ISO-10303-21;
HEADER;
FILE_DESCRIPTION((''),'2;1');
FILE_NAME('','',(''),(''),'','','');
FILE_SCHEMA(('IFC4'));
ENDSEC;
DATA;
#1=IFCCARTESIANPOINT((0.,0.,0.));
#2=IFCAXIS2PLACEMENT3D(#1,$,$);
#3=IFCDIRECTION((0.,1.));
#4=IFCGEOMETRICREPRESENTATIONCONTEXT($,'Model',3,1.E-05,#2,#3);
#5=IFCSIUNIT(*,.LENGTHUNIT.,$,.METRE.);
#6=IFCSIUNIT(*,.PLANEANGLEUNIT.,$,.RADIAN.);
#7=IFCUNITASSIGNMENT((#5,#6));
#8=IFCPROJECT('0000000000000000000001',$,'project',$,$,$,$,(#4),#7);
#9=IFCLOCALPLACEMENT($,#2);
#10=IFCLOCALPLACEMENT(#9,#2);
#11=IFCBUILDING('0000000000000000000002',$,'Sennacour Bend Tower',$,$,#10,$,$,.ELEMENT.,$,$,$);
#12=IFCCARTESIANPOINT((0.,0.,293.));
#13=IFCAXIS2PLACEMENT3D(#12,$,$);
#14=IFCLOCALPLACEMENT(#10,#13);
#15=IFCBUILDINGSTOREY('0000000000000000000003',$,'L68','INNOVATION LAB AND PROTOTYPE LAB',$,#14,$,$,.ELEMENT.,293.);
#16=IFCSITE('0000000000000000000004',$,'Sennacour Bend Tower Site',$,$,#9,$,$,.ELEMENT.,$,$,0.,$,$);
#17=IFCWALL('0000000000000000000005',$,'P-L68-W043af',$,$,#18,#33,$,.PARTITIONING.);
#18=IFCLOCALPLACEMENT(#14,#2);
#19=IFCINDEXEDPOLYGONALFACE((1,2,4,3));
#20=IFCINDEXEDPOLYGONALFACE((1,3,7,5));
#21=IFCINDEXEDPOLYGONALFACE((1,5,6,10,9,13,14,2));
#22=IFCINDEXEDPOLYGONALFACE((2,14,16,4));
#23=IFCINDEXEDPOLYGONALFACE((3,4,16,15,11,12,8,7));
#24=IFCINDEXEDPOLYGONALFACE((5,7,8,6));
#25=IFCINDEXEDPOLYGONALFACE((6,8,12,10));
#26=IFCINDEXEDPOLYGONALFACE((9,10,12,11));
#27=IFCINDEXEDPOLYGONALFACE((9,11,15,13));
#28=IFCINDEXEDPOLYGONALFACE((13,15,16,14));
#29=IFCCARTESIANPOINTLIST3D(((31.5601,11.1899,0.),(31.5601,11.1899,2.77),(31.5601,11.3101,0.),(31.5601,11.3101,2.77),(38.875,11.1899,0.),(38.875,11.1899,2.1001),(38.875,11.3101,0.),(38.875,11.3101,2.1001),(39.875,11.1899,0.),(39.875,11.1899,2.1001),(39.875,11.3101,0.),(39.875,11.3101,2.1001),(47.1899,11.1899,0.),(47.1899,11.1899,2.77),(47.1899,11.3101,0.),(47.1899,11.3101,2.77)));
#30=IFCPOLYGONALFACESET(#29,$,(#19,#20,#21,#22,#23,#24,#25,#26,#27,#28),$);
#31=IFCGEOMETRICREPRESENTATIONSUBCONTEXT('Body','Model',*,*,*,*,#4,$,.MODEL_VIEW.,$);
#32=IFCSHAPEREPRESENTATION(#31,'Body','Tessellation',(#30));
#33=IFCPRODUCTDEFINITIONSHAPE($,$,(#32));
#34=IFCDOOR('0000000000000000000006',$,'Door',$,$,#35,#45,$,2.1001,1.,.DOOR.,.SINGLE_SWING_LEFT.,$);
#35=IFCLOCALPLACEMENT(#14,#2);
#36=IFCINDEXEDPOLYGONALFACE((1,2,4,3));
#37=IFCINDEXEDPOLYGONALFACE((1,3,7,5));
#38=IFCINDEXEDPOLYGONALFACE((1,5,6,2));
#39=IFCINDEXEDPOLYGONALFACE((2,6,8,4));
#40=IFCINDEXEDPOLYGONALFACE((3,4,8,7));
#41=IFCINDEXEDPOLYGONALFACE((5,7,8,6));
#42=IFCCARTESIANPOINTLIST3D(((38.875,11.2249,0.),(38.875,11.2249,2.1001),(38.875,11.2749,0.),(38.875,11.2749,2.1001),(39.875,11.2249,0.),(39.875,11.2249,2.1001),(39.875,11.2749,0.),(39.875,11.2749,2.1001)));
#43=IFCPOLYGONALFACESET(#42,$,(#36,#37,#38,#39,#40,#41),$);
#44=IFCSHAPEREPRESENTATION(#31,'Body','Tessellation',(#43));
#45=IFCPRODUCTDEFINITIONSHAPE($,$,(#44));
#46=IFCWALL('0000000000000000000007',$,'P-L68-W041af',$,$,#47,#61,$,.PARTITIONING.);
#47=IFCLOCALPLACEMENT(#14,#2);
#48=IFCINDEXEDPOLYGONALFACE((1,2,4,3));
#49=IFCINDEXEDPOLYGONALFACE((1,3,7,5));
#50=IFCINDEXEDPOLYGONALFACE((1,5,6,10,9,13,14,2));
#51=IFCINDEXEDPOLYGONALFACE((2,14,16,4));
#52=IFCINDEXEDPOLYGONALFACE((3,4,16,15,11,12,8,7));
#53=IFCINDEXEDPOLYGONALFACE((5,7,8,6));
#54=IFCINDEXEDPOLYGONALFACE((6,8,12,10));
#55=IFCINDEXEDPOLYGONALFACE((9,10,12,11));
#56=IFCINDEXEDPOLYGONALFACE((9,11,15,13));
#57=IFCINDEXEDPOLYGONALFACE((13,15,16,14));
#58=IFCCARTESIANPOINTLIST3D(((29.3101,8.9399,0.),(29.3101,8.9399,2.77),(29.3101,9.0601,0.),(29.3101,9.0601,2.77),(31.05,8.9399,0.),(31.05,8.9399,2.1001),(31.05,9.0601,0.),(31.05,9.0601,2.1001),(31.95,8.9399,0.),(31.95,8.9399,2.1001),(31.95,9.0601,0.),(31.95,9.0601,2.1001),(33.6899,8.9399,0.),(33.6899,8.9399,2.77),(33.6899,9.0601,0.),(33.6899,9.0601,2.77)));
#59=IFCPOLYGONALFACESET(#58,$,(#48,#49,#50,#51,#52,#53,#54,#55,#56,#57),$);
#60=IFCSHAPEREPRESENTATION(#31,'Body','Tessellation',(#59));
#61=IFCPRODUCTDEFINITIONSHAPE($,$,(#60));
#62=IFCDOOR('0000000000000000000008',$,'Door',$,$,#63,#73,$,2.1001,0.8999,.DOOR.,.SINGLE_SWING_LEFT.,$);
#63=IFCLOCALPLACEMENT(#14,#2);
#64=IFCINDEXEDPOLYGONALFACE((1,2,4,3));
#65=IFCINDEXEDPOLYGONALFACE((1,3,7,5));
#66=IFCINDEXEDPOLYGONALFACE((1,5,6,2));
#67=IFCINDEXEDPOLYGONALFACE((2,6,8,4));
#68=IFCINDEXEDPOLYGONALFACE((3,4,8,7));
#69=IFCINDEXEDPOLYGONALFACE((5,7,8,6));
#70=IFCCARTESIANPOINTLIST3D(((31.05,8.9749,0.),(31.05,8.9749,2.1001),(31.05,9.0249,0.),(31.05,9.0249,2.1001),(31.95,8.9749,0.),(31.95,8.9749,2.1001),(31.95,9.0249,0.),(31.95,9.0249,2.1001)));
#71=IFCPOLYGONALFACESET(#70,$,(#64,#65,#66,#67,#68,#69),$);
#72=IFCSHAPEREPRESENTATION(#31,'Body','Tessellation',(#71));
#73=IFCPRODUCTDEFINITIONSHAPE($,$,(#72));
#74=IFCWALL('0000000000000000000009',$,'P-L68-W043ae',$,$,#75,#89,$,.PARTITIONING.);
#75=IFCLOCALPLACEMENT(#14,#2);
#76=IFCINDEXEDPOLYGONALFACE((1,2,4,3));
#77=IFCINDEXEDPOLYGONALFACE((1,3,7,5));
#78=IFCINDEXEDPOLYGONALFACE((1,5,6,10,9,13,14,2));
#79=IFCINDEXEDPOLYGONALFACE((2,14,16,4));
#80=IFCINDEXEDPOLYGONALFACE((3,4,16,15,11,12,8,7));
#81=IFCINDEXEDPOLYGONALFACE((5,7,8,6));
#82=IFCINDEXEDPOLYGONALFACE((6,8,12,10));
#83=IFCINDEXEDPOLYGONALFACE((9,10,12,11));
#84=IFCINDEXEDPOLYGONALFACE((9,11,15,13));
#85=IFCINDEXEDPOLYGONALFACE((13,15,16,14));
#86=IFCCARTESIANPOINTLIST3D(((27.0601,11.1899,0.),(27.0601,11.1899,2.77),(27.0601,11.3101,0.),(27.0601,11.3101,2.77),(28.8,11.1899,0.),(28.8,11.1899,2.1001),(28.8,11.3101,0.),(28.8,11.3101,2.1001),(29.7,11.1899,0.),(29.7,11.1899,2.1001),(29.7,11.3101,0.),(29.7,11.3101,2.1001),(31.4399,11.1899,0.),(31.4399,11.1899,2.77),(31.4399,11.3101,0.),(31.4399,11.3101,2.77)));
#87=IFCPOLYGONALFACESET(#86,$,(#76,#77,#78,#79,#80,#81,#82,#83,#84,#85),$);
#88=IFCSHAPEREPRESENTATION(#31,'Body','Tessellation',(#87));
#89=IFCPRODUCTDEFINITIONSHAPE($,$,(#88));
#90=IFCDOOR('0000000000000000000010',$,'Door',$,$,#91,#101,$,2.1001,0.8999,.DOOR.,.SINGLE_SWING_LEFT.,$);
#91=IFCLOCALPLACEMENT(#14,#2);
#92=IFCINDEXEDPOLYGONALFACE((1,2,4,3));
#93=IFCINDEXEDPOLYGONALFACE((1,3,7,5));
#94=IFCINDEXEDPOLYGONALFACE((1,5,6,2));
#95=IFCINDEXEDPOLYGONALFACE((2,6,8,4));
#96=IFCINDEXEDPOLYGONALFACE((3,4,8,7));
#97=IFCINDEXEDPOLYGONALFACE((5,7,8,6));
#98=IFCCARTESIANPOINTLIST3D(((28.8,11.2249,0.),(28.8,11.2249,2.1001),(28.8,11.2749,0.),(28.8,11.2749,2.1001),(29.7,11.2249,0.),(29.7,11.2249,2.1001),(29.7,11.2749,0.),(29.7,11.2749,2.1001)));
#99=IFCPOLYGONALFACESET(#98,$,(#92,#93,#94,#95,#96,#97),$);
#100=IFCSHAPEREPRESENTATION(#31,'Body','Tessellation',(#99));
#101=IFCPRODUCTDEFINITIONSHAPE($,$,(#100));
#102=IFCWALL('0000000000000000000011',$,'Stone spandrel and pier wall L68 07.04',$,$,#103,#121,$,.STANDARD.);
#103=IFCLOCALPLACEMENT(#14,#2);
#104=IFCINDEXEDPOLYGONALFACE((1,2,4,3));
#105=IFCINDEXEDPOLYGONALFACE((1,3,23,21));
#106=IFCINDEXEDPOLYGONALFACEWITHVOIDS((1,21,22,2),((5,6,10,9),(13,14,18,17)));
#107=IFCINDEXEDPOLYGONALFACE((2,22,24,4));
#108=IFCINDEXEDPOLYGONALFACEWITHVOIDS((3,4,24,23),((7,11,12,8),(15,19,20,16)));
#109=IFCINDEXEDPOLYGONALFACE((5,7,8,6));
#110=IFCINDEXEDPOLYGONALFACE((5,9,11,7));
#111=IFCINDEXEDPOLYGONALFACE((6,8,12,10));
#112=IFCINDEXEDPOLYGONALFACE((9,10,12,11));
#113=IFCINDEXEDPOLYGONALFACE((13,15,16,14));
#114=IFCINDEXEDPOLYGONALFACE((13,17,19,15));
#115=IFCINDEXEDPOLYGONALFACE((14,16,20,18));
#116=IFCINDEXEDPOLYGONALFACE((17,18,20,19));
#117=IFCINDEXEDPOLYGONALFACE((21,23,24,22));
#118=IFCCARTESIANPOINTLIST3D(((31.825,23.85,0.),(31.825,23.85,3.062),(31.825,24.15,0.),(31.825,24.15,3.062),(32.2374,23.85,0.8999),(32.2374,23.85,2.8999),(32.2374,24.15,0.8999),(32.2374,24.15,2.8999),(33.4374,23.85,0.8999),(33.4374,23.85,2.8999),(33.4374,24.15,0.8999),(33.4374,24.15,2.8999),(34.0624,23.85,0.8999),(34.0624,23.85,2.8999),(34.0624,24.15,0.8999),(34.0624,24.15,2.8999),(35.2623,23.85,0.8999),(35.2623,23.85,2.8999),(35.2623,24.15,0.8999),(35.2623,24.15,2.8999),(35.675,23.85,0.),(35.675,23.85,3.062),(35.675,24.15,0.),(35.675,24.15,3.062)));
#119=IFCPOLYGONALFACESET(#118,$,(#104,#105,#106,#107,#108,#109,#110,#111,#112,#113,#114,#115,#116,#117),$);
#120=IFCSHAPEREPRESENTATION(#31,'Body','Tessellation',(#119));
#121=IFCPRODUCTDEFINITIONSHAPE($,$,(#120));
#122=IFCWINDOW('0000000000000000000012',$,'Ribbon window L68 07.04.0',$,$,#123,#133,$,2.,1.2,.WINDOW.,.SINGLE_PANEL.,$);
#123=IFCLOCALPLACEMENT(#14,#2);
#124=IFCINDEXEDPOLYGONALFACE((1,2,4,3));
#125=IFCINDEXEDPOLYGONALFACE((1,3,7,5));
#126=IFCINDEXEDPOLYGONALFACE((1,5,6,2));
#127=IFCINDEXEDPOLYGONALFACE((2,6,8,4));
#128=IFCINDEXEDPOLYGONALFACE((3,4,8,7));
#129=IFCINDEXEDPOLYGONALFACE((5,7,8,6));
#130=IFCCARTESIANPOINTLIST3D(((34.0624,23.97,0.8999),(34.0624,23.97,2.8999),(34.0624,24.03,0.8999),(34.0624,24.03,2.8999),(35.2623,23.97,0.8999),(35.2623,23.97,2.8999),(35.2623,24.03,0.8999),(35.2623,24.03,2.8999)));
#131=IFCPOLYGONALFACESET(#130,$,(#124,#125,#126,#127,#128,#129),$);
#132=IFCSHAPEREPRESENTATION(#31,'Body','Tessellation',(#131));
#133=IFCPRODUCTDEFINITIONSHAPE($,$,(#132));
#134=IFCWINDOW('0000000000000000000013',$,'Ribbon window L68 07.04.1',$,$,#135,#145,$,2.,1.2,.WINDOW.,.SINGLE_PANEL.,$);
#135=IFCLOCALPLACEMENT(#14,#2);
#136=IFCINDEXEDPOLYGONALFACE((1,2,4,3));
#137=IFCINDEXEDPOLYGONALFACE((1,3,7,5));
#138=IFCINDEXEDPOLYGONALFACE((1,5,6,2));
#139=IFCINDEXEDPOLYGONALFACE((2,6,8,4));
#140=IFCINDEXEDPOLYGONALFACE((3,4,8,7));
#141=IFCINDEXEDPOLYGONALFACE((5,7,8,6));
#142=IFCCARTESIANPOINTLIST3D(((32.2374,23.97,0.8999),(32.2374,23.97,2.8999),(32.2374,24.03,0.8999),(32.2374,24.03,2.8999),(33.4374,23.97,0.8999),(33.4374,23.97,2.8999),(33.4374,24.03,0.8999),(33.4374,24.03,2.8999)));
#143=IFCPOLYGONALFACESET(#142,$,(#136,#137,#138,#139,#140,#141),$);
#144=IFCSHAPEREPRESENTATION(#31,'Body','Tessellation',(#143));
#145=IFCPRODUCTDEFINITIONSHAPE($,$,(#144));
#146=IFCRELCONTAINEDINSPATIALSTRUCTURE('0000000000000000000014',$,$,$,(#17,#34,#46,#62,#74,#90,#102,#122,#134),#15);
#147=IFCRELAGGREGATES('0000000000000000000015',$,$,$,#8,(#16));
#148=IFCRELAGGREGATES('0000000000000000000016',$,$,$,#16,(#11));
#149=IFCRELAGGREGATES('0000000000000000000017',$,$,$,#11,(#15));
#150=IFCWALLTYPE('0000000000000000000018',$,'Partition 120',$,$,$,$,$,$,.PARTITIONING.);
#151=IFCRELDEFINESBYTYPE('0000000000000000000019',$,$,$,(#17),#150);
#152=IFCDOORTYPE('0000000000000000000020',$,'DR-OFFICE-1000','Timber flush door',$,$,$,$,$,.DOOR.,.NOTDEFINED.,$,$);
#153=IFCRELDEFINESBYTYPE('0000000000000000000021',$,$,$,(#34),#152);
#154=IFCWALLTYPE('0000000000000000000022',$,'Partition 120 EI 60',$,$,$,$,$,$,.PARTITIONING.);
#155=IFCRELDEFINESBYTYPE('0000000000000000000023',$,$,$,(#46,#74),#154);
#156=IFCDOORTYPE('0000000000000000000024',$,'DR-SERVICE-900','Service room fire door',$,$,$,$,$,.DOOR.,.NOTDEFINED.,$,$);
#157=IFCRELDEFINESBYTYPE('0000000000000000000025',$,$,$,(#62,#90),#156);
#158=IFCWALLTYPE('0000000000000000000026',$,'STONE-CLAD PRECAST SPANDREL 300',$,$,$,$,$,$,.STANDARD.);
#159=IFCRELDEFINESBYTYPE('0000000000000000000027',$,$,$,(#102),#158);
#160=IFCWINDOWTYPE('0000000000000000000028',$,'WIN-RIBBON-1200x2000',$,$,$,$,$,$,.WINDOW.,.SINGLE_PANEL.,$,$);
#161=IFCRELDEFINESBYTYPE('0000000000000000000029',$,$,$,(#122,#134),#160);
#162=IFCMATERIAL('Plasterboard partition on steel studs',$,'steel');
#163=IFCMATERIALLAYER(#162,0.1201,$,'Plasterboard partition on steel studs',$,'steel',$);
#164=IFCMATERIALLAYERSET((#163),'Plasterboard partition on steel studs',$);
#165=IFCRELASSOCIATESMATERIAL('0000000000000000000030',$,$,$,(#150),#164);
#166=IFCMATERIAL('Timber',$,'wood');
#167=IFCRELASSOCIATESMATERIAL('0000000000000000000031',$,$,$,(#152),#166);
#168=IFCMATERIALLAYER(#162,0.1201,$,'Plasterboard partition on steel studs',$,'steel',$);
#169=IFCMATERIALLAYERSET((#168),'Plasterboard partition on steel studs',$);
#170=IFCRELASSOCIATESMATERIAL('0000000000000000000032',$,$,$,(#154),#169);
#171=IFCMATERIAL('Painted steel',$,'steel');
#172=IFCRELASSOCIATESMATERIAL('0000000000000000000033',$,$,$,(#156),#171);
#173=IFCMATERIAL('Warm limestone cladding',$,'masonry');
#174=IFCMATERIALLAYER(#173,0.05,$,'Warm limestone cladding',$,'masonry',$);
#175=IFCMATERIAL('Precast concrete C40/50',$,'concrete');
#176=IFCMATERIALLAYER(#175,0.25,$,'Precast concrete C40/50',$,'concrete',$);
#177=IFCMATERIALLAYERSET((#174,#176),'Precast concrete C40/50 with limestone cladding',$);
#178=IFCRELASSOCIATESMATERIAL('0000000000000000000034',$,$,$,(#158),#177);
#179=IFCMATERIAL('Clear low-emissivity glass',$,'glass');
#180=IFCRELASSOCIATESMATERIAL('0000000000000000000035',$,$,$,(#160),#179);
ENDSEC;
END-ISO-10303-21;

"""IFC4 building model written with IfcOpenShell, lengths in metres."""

from ifc_helpers import new_model, si_unit, direction, frame, frame_2d, origin, place, context, subcontext, project, spatial, rectangle, extrude, material, layer, layer_set, type_object, element, fill, save


model = new_model("IFC4")

# Units and contexts
model_context = context("Model", 3, precision=1e-05, world=origin(), true_north=direction((0.0, 1.0)))
body_context = subcontext(model_context, "Body", "Model", "MODEL_VIEW")
ifc_project = project(units=[si_unit("LENGTHUNIT", "METRE"), si_unit("PLANEANGLEUNIT", "RADIAN")], contexts=[model_context])

# Site, building, storey
site_placement = place(None, origin())
site = spatial("IfcSite", under=ifc_project, at=site_placement, Name="Sennacour Bend Tower Site", CompositionType="ELEMENT", RefElevation=0.0)
building_placement = place(site_placement, origin())
building = spatial("IfcBuilding", under=site, at=building_placement, Name="Sennacour Bend Tower", CompositionType="ELEMENT")
storey_placement = place(building_placement, frame((0.0, 0.0, 293.0)))
storey = spatial("IfcBuildingStorey", under=building, at=storey_placement, Name="L68", Description="INNOVATION LAB AND PROTOTYPE LAB", CompositionType="ELEMENT", Elevation=293.0)

# Shared definitions
ifc_material_1 = material(Name="Plasterboard partition on steel studs", Category="steel")
ifc_layer_1 = layer(ifc_material_1, 0.1201, Name="Plasterboard partition on steel studs", Category="steel")
ifc_layer_set_1 = layer_set([ifc_layer_1], Name="Plasterboard partition on steel studs")
wall_type_1 = type_object("IfcWallType", Name="Partition 120", PredefinedType="PARTITIONING", material=ifc_layer_set_1)

# Walls, openings, doors
ifc_material_2 = material(Name="Timber", Category="wood")
wall_1_placement = place(storey_placement, frame((31.5601, 11.25, 0.0), z_axis=(0.0, 0.0, 1.0), x_axis=(1.0, 0.0, 0.0)))
wall_1 = element("IfcWall", 1, at=wall_1_placement, inside=storey, type_object=wall_type_1, Name="P-L68-W043af", PredefinedType="PARTITIONING", context=body_context, shape_type="SweptSolid", body=[
    extrude(rectangle(XDim=15.6299, YDim=0.1201, at=frame_2d((7.8149, 0.0))), origin(), (0.0, 0.0, 1.0), 2.77),
])
opening_1_placement = place(wall_1_placement, frame((7.3149, 0.0, 0.0)))
opening_1 = element("IfcOpeningElement", 2, at=opening_1_placement, cuts=wall_1, PredefinedType="OPENING", context=body_context, shape_type="SweptSolid", body=[
    extrude(rectangle(XDim=1.0, YDim=2.1001, at=frame_2d((0.5, 1.05))), frame((0.0, 0.0701, 0.0), z_axis=(0.0, -1.0, 0.0), x_axis=(1.0, 0.0, 0.0)), (0.0, 0.0, 1.0), 0.1401),
])
door_type_1 = type_object("IfcDoorType", Name="DR-OFFICE-1000", Description="Timber flush door", OperationType="NOTDEFINED", PredefinedType="DOOR", material=ifc_material_2)
door_1_placement = place(opening_1_placement, origin())
door_1 = element("IfcDoor", 3, at=door_1_placement, inside=storey, type_object=door_type_1, Name="Door", OperationType="SINGLE_SWING_LEFT", OverallHeight=2.1001, OverallWidth=1.0, PredefinedType="DOOR", context=body_context, shape_type="SweptSolid", body=[
    extrude(rectangle(XDim=1.0, YDim=2.1001, at=frame_2d((0.5, 1.05))), frame((0.0, 0.0249, 0.0), z_axis=(0.0, -1.0, 0.0), x_axis=(1.0, 0.0, 0.0)), (0.0, 0.0, 1.0), 0.05),
])
fill(opening_1, door_1)
ifc_layer_2 = layer(ifc_material_1, 0.1201, Name="Plasterboard partition on steel studs", Category="steel")
ifc_layer_set_2 = layer_set([ifc_layer_2], Name="Plasterboard partition on steel studs")
wall_type_2 = type_object("IfcWallType", Name="Partition 120 EI 60", PredefinedType="PARTITIONING", material=ifc_layer_set_2)
wall_2_placement = place(storey_placement, frame((29.3101, 9.0, 0.0), z_axis=(0.0, 0.0, 1.0), x_axis=(1.0, 0.0, 0.0)))
wall_2 = element("IfcWall", 4, at=wall_2_placement, inside=storey, type_object=wall_type_2, Name="P-L68-W041af", PredefinedType="PARTITIONING", context=body_context, shape_type="SweptSolid", body=[
    extrude(rectangle(XDim=4.3799, YDim=0.1201, at=frame_2d((2.1899, 0.0))), origin(), (0.0, 0.0, 1.0), 2.77),
])
opening_2_placement = place(wall_2_placement, frame((1.74, 0.0, 0.0)))
opening_2 = element("IfcOpeningElement", 5, at=opening_2_placement, cuts=wall_2, PredefinedType="OPENING", context=body_context, shape_type="SweptSolid", body=[
    extrude(rectangle(XDim=0.8999, YDim=2.1001, at=frame_2d((0.45, 1.05))), frame((0.0, 0.0701, 0.0), z_axis=(0.0, -1.0, 0.0), x_axis=(1.0, 0.0, 0.0)), (0.0, 0.0, 1.0), 0.1401),
])
ifc_material_3 = material(Name="Painted steel", Category="steel")
door_type_2 = type_object("IfcDoorType", Name="DR-SERVICE-900", Description="Service room fire door", OperationType="NOTDEFINED", PredefinedType="DOOR", material=ifc_material_3)
door_2_placement = place(opening_2_placement, origin())
door_2 = element("IfcDoor", 6, at=door_2_placement, inside=storey, type_object=door_type_2, Name="Door", OperationType="SINGLE_SWING_LEFT", OverallHeight=2.1001, OverallWidth=0.8999, PredefinedType="DOOR", context=body_context, shape_type="SweptSolid", body=[
    extrude(rectangle(XDim=0.8999, YDim=2.1001, at=frame_2d((0.45, 1.05))), frame((0.0, 0.0249, 0.0), z_axis=(0.0, -1.0, 0.0), x_axis=(1.0, 0.0, 0.0)), (0.0, 0.0, 1.0), 0.05),
])
fill(opening_2, door_2)
wall_3_placement = place(storey_placement, frame((27.0601, 11.25, 0.0), z_axis=(0.0, 0.0, 1.0), x_axis=(1.0, 0.0, 0.0)))
wall_3 = element("IfcWall", 7, at=wall_3_placement, inside=storey, type_object=wall_type_2, Name="P-L68-W043ae", PredefinedType="PARTITIONING", context=body_context, shape_type="SweptSolid", body=[
    extrude(rectangle(XDim=4.3799, YDim=0.1201, at=frame_2d((2.1899, 0.0))), origin(), (0.0, 0.0, 1.0), 2.77),
])
opening_3_placement = place(wall_3_placement, frame((1.74, 0.0, 0.0)))
opening_3 = element("IfcOpeningElement", 8, at=opening_3_placement, cuts=wall_3, PredefinedType="OPENING", context=body_context, shape_type="SweptSolid", body=[
    extrude(rectangle(XDim=0.8999, YDim=2.1001, at=frame_2d((0.45, 1.05))), frame((0.0, 0.0701, 0.0), z_axis=(0.0, -1.0, 0.0), x_axis=(1.0, 0.0, 0.0)), (0.0, 0.0, 1.0), 0.1401),
])
door_3_placement = place(opening_3_placement, origin())
door_3 = element("IfcDoor", 9, at=door_3_placement, inside=storey, type_object=door_type_2, Name="Door", OperationType="SINGLE_SWING_LEFT", OverallHeight=2.1001, OverallWidth=0.8999, PredefinedType="DOOR", context=body_context, shape_type="SweptSolid", body=[
    extrude(rectangle(XDim=0.8999, YDim=2.1001, at=frame_2d((0.45, 1.05))), frame((0.0, 0.0249, 0.0), z_axis=(0.0, -1.0, 0.0), x_axis=(1.0, 0.0, 0.0)), (0.0, 0.0, 1.0), 0.05),
])
fill(opening_3, door_3)

# Wall, openings, windows
ifc_material_4 = material(Name="Warm limestone cladding", Category="masonry")
ifc_layer_3 = layer(ifc_material_4, 0.05, Name="Warm limestone cladding", Category="masonry")
ifc_material_5 = material(Name="Precast concrete C40/50", Category="concrete")
ifc_layer_4 = layer(ifc_material_5, 0.25, Name="Precast concrete C40/50", Category="concrete")
ifc_layer_set_3 = layer_set([ifc_layer_3, ifc_layer_4], Name="Precast concrete C40/50 with limestone cladding")
wall_type_3 = type_object("IfcWallType", Name="STONE-CLAD PRECAST SPANDREL 300", PredefinedType="STANDARD", material=ifc_layer_set_3)
wall_4_placement = place(storey_placement, frame((35.675, 24.0, 0.0), z_axis=(0.0, 0.0, 1.0), x_axis=(-1.0, 0.0, 0.0)))
wall_4 = element("IfcWall", 10, at=wall_4_placement, inside=storey, type_object=wall_type_3, Name="Stone spandrel and pier wall L68 07.04", PredefinedType="STANDARD", context=body_context, shape_type="SweptSolid", body=[
    extrude(rectangle(XDim=3.8501, YDim=0.3, at=frame_2d((1.925, 0.0))), origin(), (0.0, 0.0, 1.0), 3.062),
])
opening_4_placement = place(wall_4_placement, frame((0.4126, 0.0, 0.8999)))
opening_4 = element("IfcOpeningElement", 11, at=opening_4_placement, cuts=wall_4, PredefinedType="OPENING", context=body_context, shape_type="SweptSolid", body=[
    extrude(rectangle(XDim=1.2, YDim=2.0, at=frame_2d((0.6001, 1.0))), frame((0.0, 0.1602, 0.0), z_axis=(0.0, -1.0, 0.0), x_axis=(1.0, 0.0, 0.0)), (0.0, 0.0, 1.0), 0.3201),
])
opening_5_placement = place(wall_4_placement, frame((2.2375, 0.0, 0.8999)))
opening_5 = element("IfcOpeningElement", 12, at=opening_5_placement, cuts=wall_4, PredefinedType="OPENING", context=body_context, shape_type="SweptSolid", body=[
    extrude(rectangle(XDim=1.2, YDim=2.0, at=frame_2d((0.6001, 1.0))), frame((0.0, 0.1602, 0.0), z_axis=(0.0, -1.0, 0.0), x_axis=(1.0, 0.0, 0.0)), (0.0, 0.0, 1.0), 0.3201),
])
ifc_material_6 = material(Name="Clear low-emissivity glass", Category="glass")
window_type = type_object("IfcWindowType", Name="WIN-RIBBON-1200x2000", PartitioningType="SINGLE_PANEL", PredefinedType="WINDOW", material=ifc_material_6)
window_1_placement = place(opening_4_placement, origin())
window_1 = element("IfcWindow", 13, at=window_1_placement, inside=storey, type_object=window_type, Name="Ribbon window L68 07.04.0", OverallHeight=2.0, OverallWidth=1.2, PartitioningType="SINGLE_PANEL", PredefinedType="WINDOW", context=body_context, shape_type="SweptSolid", body=[
    extrude(rectangle(XDim=1.2, YDim=2.0, at=frame_2d((0.6001, 1.0))), frame((0.0, 0.03, 0.0), z_axis=(0.0, -1.0, 0.0), x_axis=(1.0, 0.0, 0.0)), (0.0, 0.0, 1.0), 0.0601),
])
fill(opening_4, window_1)
window_2_placement = place(opening_5_placement, origin())
window_2 = element("IfcWindow", 14, at=window_2_placement, inside=storey, type_object=window_type, Name="Ribbon window L68 07.04.1", OverallHeight=2.0, OverallWidth=1.2, PartitioningType="SINGLE_PANEL", PredefinedType="WINDOW", context=body_context, shape_type="SweptSolid", body=[
    extrude(rectangle(XDim=1.2, YDim=2.0, at=frame_2d((0.6001, 1.0))), frame((0.0, 0.03, 0.0), z_axis=(0.0, -1.0, 0.0), x_axis=(1.0, 0.0, 0.0)), (0.0, 0.0, 1.0), 0.0601),
])
fill(opening_5, window_2)

save(model, "model.ifc")
